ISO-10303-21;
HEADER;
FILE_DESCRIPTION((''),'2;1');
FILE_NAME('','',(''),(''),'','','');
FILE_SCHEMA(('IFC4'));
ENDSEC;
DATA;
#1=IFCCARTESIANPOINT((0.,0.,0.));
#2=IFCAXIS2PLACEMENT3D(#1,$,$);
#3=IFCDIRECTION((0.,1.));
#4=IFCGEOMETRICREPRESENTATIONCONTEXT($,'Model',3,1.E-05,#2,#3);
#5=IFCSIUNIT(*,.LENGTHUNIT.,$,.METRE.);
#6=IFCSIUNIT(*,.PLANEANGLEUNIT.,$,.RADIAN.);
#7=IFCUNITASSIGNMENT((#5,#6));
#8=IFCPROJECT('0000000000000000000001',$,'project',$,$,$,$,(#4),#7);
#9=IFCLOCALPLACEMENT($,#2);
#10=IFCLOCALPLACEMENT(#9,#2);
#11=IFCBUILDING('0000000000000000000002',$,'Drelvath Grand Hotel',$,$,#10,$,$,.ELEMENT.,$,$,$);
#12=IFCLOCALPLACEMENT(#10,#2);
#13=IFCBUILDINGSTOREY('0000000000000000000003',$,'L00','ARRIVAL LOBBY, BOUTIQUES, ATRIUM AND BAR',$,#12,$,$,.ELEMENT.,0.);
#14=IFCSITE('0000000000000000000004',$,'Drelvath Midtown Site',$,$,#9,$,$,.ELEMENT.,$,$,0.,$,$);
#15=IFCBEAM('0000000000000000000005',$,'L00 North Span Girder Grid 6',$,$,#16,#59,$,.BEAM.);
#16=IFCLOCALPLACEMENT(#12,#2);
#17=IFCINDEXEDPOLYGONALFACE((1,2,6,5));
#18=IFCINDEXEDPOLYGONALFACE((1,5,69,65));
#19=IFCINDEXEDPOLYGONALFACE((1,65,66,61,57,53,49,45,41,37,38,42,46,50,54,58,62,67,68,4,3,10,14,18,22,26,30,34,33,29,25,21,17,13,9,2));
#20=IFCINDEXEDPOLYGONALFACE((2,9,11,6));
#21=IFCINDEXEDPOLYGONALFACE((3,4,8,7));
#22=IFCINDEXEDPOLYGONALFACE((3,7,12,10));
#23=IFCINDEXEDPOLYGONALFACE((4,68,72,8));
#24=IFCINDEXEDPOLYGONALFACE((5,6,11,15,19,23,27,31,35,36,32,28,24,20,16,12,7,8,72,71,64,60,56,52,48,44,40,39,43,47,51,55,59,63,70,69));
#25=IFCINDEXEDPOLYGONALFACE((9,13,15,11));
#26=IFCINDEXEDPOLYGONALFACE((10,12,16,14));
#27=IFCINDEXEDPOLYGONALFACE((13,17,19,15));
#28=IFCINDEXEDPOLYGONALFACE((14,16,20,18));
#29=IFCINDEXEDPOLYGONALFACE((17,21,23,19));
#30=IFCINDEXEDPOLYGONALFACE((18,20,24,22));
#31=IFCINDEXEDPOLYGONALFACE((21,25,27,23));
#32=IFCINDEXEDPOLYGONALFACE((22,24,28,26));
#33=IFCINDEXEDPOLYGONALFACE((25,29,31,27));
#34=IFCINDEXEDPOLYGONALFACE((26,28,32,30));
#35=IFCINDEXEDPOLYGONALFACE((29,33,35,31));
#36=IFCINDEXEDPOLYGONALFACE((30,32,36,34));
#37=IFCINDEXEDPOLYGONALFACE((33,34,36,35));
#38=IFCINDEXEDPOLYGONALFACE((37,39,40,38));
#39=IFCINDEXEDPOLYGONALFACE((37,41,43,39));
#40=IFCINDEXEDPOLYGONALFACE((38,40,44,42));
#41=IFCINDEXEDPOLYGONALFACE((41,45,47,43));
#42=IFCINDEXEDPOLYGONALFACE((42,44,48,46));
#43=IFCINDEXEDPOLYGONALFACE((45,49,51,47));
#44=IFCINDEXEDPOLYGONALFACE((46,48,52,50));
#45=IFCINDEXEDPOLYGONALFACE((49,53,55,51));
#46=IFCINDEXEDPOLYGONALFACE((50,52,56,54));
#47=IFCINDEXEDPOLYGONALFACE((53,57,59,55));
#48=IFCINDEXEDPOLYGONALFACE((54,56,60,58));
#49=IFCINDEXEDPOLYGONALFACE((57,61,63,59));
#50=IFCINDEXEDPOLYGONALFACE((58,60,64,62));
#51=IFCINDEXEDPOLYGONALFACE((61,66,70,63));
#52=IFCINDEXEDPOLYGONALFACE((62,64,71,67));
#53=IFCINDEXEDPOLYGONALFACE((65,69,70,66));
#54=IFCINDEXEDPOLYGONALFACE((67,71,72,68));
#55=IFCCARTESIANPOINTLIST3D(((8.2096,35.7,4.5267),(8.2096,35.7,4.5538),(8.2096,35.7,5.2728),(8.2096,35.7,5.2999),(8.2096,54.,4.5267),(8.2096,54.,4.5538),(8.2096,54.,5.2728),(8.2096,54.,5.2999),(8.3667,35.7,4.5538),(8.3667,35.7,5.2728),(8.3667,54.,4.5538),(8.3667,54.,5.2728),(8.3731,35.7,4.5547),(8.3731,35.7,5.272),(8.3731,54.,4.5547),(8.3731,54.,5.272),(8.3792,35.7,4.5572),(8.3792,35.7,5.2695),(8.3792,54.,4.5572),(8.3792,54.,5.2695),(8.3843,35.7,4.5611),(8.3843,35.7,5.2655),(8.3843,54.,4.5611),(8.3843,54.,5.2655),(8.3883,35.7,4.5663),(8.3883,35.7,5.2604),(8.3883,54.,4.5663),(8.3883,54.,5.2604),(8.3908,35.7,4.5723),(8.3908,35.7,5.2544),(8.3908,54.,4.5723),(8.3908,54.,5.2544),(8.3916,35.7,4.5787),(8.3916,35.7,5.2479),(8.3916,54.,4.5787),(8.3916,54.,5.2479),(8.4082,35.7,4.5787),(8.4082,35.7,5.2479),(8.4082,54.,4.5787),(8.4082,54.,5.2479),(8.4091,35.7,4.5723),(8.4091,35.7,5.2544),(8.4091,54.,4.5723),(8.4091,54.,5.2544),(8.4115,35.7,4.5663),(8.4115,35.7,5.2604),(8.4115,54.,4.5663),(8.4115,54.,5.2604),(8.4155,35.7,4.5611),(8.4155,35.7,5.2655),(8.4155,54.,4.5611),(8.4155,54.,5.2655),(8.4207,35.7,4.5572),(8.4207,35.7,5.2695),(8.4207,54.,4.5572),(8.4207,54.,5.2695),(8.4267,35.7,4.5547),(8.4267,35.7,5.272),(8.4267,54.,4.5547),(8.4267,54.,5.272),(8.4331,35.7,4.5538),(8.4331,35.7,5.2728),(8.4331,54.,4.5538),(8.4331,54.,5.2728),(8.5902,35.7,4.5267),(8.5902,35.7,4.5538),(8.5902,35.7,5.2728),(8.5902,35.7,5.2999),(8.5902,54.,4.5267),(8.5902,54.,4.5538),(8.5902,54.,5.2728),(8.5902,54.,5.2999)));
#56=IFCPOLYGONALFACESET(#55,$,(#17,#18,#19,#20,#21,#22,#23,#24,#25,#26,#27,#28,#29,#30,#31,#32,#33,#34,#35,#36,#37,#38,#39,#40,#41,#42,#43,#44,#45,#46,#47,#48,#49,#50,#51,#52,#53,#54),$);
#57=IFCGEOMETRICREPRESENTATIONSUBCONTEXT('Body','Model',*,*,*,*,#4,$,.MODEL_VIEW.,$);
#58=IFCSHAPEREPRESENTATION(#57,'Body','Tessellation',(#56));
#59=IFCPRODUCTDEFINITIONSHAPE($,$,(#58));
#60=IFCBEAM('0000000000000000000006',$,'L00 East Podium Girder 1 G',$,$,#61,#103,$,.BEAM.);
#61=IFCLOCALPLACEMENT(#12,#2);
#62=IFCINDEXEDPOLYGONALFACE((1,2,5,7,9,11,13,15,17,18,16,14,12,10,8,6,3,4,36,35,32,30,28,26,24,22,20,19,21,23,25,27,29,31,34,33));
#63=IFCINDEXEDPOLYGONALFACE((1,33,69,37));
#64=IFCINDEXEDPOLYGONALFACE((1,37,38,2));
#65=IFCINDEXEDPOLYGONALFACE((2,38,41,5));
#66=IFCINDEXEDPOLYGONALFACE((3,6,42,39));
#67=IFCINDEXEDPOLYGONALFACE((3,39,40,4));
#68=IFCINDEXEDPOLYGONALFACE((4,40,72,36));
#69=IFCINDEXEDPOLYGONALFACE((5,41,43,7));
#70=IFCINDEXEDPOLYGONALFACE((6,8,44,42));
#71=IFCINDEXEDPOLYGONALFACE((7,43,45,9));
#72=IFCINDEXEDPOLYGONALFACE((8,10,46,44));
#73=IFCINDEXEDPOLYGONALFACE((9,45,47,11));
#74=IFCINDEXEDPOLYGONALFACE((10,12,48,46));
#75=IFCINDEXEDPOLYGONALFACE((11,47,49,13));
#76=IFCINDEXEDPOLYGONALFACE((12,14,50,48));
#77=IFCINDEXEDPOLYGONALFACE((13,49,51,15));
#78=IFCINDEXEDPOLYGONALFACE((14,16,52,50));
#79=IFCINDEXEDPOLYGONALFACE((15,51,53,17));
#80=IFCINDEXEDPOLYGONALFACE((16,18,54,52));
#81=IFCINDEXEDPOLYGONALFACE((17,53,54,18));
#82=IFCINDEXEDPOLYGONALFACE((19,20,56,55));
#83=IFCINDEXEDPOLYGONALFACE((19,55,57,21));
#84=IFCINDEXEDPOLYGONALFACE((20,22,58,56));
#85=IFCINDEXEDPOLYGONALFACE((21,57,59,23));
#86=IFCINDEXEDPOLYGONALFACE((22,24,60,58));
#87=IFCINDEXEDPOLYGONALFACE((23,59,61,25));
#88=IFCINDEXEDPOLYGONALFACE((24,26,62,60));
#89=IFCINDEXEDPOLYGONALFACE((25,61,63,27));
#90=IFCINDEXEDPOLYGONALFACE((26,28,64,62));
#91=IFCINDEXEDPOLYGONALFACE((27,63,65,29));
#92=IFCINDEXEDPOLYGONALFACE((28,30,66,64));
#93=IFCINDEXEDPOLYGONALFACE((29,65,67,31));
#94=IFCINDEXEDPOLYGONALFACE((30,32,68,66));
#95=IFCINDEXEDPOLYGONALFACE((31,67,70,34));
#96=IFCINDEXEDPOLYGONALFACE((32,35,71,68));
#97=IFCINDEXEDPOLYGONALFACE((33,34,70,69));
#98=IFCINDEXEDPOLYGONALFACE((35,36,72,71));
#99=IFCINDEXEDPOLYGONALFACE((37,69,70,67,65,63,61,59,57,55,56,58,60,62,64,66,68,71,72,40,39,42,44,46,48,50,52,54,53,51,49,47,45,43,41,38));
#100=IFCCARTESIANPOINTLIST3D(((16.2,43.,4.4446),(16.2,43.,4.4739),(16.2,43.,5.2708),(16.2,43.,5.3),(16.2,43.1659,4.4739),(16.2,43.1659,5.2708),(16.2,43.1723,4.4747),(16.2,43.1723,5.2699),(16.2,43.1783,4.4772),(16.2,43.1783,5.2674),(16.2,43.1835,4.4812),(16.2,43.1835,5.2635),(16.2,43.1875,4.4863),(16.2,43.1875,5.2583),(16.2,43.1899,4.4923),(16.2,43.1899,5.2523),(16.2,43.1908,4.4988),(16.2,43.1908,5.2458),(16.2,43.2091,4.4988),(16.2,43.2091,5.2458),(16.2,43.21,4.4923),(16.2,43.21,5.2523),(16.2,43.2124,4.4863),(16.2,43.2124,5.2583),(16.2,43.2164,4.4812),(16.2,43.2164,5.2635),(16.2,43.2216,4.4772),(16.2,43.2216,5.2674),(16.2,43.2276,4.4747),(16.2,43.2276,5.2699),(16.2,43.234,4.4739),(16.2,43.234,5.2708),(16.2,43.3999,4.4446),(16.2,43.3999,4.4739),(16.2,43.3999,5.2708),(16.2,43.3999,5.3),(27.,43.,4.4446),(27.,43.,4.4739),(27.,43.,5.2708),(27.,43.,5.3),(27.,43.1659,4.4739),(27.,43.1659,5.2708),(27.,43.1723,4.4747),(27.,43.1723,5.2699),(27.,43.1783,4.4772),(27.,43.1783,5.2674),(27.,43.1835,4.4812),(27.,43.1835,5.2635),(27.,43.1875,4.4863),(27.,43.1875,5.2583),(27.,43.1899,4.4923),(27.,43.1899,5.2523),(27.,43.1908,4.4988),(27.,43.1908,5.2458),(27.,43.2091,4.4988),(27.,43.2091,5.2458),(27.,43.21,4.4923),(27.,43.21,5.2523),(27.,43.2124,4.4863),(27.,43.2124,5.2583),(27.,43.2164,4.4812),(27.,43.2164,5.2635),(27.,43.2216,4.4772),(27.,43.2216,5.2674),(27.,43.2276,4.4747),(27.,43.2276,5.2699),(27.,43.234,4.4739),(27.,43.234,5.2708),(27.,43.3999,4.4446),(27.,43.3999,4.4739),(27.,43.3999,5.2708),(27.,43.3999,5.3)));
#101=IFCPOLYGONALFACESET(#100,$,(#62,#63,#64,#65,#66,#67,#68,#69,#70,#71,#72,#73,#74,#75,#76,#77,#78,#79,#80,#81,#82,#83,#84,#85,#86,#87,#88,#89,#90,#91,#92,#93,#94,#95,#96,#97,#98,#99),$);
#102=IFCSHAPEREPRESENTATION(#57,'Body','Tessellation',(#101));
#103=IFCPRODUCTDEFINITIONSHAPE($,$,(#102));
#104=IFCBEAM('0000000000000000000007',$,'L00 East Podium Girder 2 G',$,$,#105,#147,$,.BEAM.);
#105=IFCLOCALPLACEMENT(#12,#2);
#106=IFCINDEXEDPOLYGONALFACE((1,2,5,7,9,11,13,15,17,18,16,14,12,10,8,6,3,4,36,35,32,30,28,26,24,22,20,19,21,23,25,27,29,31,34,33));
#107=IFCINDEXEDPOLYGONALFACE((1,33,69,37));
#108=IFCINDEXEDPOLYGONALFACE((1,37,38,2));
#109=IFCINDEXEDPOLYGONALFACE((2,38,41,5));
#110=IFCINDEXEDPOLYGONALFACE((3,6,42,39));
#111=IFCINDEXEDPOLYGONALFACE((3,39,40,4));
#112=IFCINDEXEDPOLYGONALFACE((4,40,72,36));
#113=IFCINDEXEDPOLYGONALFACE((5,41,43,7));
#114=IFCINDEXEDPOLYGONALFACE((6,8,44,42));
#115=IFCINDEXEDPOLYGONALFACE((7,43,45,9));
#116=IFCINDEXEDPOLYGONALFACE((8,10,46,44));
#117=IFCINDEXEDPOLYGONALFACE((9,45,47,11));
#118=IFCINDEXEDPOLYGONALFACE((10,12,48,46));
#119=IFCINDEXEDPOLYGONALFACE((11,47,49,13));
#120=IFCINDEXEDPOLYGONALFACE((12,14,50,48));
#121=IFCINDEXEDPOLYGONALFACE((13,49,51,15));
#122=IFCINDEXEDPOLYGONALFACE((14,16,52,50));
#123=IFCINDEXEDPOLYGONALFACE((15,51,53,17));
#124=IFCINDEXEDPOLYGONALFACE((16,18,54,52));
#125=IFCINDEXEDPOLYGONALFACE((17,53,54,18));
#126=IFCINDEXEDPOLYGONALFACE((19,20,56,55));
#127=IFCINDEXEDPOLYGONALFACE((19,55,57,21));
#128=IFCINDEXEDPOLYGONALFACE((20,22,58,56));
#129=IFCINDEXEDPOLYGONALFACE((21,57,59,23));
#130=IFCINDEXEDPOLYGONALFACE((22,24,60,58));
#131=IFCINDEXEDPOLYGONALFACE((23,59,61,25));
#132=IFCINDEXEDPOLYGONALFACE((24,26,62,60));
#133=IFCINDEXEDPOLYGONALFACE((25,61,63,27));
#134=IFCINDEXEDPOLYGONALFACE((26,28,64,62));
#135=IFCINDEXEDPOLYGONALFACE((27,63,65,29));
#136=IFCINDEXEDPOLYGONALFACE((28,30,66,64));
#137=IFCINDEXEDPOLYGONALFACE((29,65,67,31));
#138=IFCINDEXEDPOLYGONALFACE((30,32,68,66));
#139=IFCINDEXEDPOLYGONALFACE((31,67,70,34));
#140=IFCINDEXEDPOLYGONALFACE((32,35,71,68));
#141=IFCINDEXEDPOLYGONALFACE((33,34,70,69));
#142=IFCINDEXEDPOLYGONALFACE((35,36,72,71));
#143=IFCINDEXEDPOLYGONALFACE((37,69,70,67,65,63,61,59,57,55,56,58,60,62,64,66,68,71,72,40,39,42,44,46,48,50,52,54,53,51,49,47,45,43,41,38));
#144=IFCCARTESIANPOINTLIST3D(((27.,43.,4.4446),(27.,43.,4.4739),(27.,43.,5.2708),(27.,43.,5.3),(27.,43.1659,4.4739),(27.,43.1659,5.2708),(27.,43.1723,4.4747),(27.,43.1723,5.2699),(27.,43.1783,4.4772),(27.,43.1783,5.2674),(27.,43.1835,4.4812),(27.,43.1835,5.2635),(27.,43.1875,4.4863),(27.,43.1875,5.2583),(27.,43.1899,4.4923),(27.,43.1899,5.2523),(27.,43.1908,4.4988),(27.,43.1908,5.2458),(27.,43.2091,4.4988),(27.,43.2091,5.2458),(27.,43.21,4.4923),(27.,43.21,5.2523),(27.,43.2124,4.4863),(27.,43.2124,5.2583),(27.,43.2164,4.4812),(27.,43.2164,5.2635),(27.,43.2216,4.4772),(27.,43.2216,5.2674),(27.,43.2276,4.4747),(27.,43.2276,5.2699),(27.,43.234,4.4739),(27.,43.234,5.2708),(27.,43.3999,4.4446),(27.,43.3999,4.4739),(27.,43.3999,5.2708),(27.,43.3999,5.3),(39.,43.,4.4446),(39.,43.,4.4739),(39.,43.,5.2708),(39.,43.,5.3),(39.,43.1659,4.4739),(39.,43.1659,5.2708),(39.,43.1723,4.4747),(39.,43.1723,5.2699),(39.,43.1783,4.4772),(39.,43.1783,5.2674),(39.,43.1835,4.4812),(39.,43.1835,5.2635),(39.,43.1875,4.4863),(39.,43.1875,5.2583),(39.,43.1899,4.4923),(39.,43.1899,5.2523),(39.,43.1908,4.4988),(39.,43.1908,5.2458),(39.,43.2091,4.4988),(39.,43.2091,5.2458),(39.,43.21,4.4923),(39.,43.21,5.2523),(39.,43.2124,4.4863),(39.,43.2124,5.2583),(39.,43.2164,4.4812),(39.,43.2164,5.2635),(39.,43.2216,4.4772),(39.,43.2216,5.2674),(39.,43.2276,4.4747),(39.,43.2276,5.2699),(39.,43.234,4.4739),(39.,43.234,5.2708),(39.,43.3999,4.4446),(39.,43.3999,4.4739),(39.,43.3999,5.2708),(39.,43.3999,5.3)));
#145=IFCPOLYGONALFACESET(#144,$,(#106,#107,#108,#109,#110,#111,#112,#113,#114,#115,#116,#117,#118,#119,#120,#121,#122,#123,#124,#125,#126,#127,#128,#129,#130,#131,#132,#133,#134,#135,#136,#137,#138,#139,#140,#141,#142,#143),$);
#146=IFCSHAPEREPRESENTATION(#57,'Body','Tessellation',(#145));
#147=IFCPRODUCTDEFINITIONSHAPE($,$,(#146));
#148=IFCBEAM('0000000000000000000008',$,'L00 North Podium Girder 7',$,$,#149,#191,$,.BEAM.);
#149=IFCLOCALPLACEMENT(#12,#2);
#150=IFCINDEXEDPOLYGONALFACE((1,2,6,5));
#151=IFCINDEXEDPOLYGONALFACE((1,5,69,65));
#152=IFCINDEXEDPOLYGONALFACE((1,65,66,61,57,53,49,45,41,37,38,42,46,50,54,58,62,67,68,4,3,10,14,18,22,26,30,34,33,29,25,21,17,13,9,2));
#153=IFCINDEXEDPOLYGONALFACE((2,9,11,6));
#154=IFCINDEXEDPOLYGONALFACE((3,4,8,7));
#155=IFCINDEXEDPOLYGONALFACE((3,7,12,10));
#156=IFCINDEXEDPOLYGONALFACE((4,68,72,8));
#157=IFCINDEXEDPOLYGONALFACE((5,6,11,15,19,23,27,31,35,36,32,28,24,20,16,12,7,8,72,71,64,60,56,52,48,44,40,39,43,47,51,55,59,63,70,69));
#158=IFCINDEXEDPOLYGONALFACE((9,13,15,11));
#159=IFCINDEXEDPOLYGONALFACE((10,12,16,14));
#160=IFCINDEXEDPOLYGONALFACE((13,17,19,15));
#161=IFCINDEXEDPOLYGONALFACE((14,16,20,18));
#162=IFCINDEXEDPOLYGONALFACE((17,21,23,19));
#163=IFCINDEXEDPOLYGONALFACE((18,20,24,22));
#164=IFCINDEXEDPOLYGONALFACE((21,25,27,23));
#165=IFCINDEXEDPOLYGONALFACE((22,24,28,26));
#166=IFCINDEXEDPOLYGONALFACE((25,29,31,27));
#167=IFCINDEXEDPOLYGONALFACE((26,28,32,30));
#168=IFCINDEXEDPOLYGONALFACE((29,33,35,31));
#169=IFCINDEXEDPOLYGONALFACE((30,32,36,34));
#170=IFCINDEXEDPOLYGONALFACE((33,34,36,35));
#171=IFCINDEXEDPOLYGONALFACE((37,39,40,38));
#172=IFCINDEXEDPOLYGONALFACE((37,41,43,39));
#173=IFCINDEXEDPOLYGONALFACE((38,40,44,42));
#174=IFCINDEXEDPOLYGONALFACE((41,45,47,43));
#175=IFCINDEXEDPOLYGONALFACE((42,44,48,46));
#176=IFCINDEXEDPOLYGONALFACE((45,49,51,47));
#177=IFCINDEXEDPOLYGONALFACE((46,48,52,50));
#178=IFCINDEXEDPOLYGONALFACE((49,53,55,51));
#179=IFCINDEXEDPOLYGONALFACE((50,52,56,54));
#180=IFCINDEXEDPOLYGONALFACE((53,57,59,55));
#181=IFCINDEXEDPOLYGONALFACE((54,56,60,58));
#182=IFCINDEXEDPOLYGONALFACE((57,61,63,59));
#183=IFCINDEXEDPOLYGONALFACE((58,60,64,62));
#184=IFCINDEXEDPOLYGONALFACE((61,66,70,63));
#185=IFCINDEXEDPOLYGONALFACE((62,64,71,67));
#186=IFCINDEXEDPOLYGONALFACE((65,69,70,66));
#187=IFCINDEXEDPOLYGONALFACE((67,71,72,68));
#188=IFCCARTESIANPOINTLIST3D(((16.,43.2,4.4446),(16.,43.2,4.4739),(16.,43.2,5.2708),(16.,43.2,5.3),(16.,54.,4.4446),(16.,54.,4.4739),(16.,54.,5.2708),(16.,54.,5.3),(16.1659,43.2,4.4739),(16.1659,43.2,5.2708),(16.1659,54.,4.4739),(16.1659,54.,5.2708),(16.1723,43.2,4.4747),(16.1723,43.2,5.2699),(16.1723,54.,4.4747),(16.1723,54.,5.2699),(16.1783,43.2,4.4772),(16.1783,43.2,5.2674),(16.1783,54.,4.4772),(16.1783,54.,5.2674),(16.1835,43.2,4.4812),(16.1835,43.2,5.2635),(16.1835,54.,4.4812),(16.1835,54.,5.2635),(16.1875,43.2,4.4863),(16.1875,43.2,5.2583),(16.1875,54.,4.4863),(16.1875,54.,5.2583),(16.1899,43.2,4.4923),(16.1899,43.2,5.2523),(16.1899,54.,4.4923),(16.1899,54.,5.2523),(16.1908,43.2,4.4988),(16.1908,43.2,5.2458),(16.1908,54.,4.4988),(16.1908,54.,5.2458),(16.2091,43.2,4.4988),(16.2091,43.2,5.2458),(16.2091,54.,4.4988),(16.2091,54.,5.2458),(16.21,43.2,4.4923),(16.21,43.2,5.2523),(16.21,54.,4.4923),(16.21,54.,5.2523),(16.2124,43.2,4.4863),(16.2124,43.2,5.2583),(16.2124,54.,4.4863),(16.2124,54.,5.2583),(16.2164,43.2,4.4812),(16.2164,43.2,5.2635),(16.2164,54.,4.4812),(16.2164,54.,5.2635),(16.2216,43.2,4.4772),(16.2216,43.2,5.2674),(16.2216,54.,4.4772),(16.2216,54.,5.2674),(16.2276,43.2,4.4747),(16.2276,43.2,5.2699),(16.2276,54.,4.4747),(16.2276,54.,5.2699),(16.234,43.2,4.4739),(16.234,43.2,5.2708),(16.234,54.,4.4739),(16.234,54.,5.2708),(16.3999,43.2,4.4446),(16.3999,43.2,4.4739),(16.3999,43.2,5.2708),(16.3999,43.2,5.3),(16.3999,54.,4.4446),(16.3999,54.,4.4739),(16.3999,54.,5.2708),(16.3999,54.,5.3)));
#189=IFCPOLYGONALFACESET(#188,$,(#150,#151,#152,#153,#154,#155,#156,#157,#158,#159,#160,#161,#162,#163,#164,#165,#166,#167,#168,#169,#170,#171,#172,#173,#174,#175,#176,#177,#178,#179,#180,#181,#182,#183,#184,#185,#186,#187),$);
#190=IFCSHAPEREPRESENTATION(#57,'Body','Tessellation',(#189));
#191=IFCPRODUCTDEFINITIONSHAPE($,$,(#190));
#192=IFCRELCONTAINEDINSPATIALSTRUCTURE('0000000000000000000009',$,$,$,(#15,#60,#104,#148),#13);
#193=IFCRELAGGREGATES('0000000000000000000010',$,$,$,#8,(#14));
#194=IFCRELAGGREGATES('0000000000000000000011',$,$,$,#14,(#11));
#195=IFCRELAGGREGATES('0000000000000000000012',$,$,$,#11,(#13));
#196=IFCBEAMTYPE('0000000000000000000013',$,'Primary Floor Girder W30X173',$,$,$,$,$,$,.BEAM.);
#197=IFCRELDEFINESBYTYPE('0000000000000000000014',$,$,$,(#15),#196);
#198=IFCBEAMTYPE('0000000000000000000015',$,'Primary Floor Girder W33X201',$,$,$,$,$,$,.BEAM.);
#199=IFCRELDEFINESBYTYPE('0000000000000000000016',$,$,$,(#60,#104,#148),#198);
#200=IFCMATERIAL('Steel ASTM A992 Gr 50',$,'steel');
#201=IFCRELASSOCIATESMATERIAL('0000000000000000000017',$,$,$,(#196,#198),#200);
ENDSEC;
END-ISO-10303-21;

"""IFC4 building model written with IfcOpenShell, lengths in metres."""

from ifc_helpers import new_model, si_unit, direction, frame, origin, origin_2d, place, context, subcontext, project, spatial, i_section, extrude, material, material_profile, profile_set, type_object, element, save


model = new_model("IFC4")

# Units and contexts
model_context = context("Model", 3, precision=1e-05, world=origin(), true_north=direction((0.0, 1.0)))
body_context = subcontext(model_context, "Body", "Model", "MODEL_VIEW")
ifc_project = project(units=[si_unit("LENGTHUNIT", "METRE"), si_unit("PLANEANGLEUNIT", "RADIAN")], contexts=[model_context])

# Site, building, storey
site_placement = place(None, origin())
site = spatial("IfcSite", under=ifc_project, at=site_placement, Name="Drelvath Midtown Site", CompositionType="ELEMENT", RefElevation=0.0)
building_placement = place(site_placement, origin())
building = spatial("IfcBuilding", under=site, at=building_placement, Name="Drelvath Grand Hotel", CompositionType="ELEMENT")
storey_placement = place(building_placement, origin())
storey = spatial("IfcBuildingStorey", under=building, at=storey_placement, Name="L00", Description="ARRIVAL LOBBY, BOUTIQUES, ATRIUM AND BAR", CompositionType="ELEMENT", Elevation=0.0)

# Beams
ifc_material_1 = material(Name="Steel ASTM A992 Gr 50", Category="steel")
ifc_material_profile_1 = material_profile(ifc_material_1, i_section(OverallWidth=0.3806, OverallDepth=0.7732, WebThickness=0.0166, FlangeThickness=0.0271, FilletRadius=0.0249, at=origin_2d()), Name="W30X173")
ifc_profile_set_1 = profile_set([ifc_material_profile_1], Name="Steel ASTM A992 Gr 50")
beam_type_1 = type_object("IfcBeamType", Name="Primary Floor Girder W30X173", PredefinedType="BEAM", material=ifc_profile_set_1)
beam_1_placement = place(storey_placement, frame((8.3999, 35.7, 4.9133), z_axis=(0.0, 1.0, 0.0), x_axis=(-1.0, 0.0, 0.0)))
element("IfcBeam", 1, at=beam_1_placement, inside=storey, type_object=beam_type_1, Name="L00 North Span Girder Grid 6", PredefinedType="BEAM", context=body_context, shape_type="SweptSolid", body=[
    extrude(i_section(OverallWidth=0.3806, OverallDepth=0.7732, WebThickness=0.0166, FlangeThickness=0.0271, FilletRadius=0.0249, at=origin_2d()), origin(), (0.0, 0.0, 1.0), 18.3),
])
ifc_material_profile_2 = material_profile(ifc_material_1, i_section(OverallWidth=0.3999, OverallDepth=0.8555, WebThickness=0.0183, FlangeThickness=0.0293, FilletRadius=0.0249, at=origin_2d()), Name="W33X201")
ifc_profile_set_2 = profile_set([ifc_material_profile_2], Name="Steel ASTM A992 Gr 50")
beam_type_2 = type_object("IfcBeamType", Name="Primary Floor Girder W33X201", PredefinedType="BEAM", material=ifc_profile_set_2)
beam_2_placement = place(storey_placement, frame((16.2, 43.2, 4.8723), z_axis=(1.0, 0.0, 0.0), x_axis=(0.0, 1.0, 0.0)))
element("IfcBeam", 2, at=beam_2_placement, inside=storey, type_object=beam_type_2, Name="L00 East Podium Girder 1 G", PredefinedType="BEAM", context=body_context, shape_type="SweptSolid", body=[
    extrude(i_section(OverallWidth=0.3999, OverallDepth=0.8555, WebThickness=0.0183, FlangeThickness=0.0293, FilletRadius=0.0249, at=origin_2d()), origin(), (0.0, 0.0, 1.0), 10.8),
])
beam_3_placement = place(storey_placement, frame((27.0, 43.2, 4.8723), z_axis=(1.0, 0.0, 0.0), x_axis=(0.0, 1.0, 0.0)))
element("IfcBeam", 3, at=beam_3_placement, inside=storey, type_object=beam_type_2, Name="L00 East Podium Girder 2 G", PredefinedType="BEAM", context=body_context, shape_type="SweptSolid", body=[
    extrude(i_section(OverallWidth=0.3999, OverallDepth=0.8555, WebThickness=0.0183, FlangeThickness=0.0293, FilletRadius=0.0249, at=origin_2d()), origin(), (0.0, 0.0, 1.0), 12.0),
])
beam_4_placement = place(storey_placement, frame((16.2, 43.2, 4.8723), z_axis=(0.0, 1.0, 0.0), x_axis=(-1.0, 0.0, 0.0)))
element("IfcBeam", 4, at=beam_4_placement, inside=storey, type_object=beam_type_2, Name="L00 North Podium Girder 7", PredefinedType="BEAM", context=body_context, shape_type="SweptSolid", body=[
    extrude(i_section(OverallWidth=0.3999, OverallDepth=0.8555, WebThickness=0.0183, FlangeThickness=0.0293, FilletRadius=0.0249, at=origin_2d()), origin(), (0.0, 0.0, 1.0), 10.8),
])

save(model, "model.ifc")
